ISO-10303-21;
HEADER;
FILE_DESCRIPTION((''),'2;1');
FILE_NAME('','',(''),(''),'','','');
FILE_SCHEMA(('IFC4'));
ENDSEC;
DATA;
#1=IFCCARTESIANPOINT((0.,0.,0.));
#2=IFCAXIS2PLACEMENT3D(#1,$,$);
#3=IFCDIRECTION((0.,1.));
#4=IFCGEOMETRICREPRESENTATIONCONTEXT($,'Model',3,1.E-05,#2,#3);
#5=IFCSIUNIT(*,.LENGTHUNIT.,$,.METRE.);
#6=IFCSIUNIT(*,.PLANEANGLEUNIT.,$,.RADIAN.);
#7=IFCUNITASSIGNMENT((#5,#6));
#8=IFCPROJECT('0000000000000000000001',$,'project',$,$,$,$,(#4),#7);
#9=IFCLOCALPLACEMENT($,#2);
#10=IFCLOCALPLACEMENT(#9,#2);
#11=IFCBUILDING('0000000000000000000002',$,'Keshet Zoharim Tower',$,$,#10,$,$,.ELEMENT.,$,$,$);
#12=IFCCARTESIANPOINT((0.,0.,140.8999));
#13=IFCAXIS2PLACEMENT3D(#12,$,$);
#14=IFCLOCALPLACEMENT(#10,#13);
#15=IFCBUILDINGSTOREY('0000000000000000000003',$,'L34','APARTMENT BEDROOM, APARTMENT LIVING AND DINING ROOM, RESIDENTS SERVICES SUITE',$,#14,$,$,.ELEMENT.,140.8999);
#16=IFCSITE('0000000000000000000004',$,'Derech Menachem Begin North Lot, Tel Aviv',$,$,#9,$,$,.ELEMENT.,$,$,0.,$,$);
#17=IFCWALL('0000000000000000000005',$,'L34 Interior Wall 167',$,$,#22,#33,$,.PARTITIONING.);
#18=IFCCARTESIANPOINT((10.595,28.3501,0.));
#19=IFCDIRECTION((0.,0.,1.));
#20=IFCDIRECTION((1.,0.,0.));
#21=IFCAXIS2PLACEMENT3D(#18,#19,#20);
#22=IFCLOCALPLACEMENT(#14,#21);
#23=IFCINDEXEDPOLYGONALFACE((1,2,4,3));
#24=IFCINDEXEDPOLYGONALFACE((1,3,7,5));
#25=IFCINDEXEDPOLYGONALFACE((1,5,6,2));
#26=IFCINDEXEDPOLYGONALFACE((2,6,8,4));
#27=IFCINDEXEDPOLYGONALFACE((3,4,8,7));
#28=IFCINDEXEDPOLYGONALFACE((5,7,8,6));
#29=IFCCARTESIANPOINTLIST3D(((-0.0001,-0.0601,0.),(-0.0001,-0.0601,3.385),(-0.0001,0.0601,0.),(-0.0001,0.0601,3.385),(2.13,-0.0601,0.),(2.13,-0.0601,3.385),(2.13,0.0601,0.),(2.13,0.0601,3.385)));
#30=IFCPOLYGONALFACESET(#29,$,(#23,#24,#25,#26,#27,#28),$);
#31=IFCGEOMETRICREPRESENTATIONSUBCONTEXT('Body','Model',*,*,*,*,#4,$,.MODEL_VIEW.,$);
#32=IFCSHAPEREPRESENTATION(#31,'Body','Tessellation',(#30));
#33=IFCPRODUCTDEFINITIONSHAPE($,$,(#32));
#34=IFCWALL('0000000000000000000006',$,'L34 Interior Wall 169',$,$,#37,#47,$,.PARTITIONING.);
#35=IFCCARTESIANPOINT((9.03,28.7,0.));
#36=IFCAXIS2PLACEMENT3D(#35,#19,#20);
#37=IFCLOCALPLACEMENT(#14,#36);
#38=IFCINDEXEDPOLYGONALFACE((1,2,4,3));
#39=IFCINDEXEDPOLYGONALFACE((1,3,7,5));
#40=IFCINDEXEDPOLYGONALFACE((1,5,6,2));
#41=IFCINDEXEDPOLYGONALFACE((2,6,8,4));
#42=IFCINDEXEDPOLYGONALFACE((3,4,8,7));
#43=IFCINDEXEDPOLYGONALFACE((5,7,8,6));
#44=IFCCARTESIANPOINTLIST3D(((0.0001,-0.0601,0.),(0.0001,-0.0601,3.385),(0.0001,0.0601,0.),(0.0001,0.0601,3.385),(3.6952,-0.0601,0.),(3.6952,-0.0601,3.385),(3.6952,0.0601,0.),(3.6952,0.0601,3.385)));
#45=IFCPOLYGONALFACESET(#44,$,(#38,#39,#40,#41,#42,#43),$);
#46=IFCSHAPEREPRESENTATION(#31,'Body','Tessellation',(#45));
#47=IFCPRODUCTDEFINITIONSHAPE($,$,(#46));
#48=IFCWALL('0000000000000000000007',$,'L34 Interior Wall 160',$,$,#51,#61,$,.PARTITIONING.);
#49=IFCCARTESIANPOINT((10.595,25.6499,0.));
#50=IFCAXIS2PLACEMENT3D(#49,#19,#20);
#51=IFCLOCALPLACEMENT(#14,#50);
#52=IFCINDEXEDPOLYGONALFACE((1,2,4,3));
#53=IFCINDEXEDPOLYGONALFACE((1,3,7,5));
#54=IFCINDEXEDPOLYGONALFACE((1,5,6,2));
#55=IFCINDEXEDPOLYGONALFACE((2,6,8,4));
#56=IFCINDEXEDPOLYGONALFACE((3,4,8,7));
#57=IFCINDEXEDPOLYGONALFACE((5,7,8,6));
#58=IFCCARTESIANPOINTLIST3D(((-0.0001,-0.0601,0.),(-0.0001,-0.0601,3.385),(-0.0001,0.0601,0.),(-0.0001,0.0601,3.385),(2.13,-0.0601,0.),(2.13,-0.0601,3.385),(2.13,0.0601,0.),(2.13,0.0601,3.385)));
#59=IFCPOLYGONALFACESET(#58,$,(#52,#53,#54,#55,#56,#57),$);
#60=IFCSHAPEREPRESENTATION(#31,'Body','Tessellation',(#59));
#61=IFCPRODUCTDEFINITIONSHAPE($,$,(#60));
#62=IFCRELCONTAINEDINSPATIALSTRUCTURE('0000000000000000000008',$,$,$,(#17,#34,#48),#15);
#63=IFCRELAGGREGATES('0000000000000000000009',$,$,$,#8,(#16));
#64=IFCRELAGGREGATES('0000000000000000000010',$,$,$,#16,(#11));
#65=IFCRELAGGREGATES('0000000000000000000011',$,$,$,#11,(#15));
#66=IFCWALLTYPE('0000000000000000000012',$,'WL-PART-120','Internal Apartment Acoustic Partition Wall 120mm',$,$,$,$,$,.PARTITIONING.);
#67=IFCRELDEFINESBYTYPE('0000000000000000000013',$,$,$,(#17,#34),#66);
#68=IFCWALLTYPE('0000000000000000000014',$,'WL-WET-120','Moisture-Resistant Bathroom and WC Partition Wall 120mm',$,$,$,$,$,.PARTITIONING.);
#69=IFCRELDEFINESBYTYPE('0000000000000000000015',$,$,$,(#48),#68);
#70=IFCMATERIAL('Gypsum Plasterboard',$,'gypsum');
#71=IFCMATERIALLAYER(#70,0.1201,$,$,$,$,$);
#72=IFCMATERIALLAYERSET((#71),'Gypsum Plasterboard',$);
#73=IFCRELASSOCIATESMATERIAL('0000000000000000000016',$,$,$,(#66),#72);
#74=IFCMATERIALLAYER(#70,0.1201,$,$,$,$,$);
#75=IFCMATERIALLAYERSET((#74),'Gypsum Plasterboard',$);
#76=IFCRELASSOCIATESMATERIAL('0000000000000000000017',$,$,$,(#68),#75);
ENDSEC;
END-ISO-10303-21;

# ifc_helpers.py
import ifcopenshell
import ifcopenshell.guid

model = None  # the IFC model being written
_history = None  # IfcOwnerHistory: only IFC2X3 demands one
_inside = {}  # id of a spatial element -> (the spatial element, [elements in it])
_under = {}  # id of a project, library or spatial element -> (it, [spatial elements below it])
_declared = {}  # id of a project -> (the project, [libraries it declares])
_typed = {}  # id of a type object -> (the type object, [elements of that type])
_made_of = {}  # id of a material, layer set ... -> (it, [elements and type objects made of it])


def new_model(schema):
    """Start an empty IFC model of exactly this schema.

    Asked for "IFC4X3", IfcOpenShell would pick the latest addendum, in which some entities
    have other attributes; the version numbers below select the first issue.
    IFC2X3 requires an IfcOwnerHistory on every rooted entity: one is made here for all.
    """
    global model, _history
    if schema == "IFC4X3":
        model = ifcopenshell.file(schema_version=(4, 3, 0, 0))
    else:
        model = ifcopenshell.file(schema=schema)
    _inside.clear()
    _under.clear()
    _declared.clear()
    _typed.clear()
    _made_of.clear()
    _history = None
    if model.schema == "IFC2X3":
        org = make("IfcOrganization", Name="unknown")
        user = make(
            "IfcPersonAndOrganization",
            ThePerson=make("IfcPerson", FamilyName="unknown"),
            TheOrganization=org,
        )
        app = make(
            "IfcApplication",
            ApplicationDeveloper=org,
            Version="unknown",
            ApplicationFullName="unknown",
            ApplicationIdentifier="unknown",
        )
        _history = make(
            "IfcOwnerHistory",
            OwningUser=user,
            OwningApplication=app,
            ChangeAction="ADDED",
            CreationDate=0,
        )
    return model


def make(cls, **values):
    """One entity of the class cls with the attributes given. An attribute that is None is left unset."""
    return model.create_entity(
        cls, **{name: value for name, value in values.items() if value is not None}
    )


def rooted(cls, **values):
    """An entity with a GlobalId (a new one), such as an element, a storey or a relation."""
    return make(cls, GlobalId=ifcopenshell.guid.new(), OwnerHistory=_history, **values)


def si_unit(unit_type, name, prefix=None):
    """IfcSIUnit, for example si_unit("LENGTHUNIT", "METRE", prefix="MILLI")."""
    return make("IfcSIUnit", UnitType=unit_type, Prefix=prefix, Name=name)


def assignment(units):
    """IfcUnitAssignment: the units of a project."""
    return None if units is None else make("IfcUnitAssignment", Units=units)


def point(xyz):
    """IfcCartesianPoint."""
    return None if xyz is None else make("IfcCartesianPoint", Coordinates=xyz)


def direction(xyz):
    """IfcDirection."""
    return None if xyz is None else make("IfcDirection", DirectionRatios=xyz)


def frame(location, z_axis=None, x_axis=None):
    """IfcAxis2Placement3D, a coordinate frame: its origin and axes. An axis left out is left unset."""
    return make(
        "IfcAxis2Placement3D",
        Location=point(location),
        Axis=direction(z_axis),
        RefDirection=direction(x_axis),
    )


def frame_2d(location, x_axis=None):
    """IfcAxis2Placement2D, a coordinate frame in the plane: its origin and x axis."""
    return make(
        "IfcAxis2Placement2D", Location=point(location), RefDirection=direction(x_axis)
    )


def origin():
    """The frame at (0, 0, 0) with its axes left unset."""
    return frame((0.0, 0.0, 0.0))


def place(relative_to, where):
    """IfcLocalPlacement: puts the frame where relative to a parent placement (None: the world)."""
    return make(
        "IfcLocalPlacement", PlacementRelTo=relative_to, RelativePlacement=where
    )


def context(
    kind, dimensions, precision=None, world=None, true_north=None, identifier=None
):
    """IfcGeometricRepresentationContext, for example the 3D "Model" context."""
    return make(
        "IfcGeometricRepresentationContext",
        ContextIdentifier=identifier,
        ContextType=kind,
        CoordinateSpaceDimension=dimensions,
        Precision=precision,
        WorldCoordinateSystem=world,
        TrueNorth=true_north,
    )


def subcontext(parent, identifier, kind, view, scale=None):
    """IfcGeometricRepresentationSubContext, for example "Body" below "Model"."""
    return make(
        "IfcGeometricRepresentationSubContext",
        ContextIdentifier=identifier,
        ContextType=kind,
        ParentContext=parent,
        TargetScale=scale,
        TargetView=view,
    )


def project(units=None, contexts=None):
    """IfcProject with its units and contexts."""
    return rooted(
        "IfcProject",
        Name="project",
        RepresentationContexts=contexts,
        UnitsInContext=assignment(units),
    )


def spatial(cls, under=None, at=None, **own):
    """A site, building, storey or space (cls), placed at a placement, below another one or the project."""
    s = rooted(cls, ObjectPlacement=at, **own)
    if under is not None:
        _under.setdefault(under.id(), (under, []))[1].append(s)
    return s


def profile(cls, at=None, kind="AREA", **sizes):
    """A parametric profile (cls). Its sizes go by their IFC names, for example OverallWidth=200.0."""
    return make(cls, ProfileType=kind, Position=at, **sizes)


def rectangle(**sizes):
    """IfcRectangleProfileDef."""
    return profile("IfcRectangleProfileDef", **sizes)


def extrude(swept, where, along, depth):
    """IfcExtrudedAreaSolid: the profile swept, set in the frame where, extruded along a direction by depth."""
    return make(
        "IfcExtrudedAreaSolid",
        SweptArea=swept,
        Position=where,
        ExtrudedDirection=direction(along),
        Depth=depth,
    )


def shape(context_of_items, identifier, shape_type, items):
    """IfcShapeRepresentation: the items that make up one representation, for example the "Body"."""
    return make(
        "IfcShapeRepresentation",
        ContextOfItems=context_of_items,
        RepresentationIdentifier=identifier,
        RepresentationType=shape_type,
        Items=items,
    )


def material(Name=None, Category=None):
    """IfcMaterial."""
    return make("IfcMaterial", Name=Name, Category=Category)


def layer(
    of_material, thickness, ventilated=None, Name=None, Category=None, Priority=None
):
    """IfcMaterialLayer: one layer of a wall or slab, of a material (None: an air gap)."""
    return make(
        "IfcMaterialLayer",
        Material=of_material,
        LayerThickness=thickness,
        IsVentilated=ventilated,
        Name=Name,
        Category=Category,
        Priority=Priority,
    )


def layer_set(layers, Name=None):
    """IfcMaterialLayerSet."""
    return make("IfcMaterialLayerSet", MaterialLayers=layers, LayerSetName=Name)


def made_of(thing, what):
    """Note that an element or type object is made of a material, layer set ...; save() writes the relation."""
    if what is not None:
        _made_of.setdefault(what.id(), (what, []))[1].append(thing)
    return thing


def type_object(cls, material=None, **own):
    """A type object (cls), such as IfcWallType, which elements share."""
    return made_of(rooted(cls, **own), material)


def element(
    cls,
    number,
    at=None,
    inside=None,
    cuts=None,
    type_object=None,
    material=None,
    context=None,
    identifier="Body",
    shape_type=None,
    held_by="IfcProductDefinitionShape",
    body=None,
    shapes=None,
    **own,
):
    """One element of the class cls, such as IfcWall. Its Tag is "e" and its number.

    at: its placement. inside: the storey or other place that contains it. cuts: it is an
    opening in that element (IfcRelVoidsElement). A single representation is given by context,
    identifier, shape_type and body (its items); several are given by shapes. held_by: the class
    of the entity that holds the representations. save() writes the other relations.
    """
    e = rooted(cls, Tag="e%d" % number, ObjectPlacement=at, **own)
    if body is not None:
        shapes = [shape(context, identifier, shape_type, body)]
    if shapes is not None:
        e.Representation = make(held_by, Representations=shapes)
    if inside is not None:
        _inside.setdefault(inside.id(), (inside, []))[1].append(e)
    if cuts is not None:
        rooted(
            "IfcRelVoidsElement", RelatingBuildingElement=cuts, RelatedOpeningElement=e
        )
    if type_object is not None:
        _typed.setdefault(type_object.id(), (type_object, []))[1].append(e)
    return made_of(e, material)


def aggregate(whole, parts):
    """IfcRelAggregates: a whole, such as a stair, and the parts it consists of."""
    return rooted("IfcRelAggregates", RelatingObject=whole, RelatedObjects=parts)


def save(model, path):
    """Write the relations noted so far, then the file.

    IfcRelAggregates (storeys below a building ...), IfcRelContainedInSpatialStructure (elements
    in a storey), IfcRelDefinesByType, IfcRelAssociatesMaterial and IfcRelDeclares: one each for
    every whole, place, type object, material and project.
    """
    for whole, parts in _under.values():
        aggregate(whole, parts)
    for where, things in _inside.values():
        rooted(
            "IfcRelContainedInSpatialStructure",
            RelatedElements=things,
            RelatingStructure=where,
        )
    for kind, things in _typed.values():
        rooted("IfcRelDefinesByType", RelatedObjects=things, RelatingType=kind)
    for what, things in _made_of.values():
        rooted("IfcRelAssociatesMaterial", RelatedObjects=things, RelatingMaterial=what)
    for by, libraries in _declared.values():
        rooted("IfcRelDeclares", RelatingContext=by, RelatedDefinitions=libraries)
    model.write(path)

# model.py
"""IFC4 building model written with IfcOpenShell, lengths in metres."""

from ifc_helpers import new_model, si_unit, direction, frame, frame_2d, origin, place, context, subcontext, project, spatial, rectangle, extrude, material, layer, layer_set, type_object, element, save


model = new_model("IFC4")

# Units and contexts
model_context = context("Model", 3, precision=1e-05, world=origin(), true_north=direction((0.0, 1.0)))
body_context = subcontext(model_context, "Body", "Model", "MODEL_VIEW")
ifc_project = project(units=[si_unit("LENGTHUNIT", "METRE"), si_unit("PLANEANGLEUNIT", "RADIAN")], contexts=[model_context])

# Site, building, storey
site_placement = place(None, origin())
site = spatial("IfcSite", under=ifc_project, at=site_placement, Name="Derech Menachem Begin North Lot, Tel Aviv", CompositionType="ELEMENT", RefElevation=0.0)
building_placement = place(site_placement, origin())
building = spatial("IfcBuilding", under=site, at=building_placement, Name="Keshet Zoharim Tower", CompositionType="ELEMENT")
storey_placement = place(building_placement, frame((0.0, 0.0, 140.8999)))
storey = spatial("IfcBuildingStorey", under=building, at=storey_placement, Name="L34", Description="APARTMENT BEDROOM, APARTMENT LIVING AND DINING ROOM, RESIDENTS SERVICES SUITE", CompositionType="ELEMENT", Elevation=140.8999)

# Shared definitions
ifc_material_1 = material(Name="Gypsum Plasterboard", Category="gypsum")

# Walls
ifc_layer_1 = layer(ifc_material_1, 0.1201)
ifc_layer_set_1 = layer_set([ifc_layer_1], Name="Gypsum Plasterboard")
wall_type_1 = type_object("IfcWallType", Name="WL-PART-120", Description="Internal Apartment Acoustic Partition Wall 120mm", PredefinedType="PARTITIONING", material=ifc_layer_set_1)
wall_1_placement = place(storey_placement, frame((10.595, 28.3501, 0.0), z_axis=(0.0, 0.0, 1.0), x_axis=(1.0, 0.0, 0.0)))
element("IfcWall", 1, at=wall_1_placement, inside=storey, type_object=wall_type_1, Name="L34 Interior Wall 167", PredefinedType="PARTITIONING", context=body_context, shape_type="SweptSolid", body=[
    extrude(rectangle(XDim=2.1301, YDim=0.1201, at=frame_2d((1.0649, 0.0))), origin(), (0.0, 0.0, 1.0), 3.385),
])
wall_2_placement = place(storey_placement, frame((9.03, 28.7, 0.0), z_axis=(0.0, 0.0, 1.0), x_axis=(1.0, 0.0, 0.0)))
element("IfcWall", 2, at=wall_2_placement, inside=storey, type_object=wall_type_1, Name="L34 Interior Wall 169", PredefinedType="PARTITIONING", context=body_context, shape_type="SweptSolid", body=[
    extrude(rectangle(XDim=3.6951, YDim=0.1201, at=frame_2d((1.8477, 0.0))), origin(), (0.0, 0.0, 1.0), 3.385),
])

# Wall
ifc_layer_2 = layer(ifc_material_1, 0.1201)
ifc_layer_set_2 = layer_set([ifc_layer_2], Name="Gypsum Plasterboard")
wall_type_2 = type_object("IfcWallType", Name="WL-WET-120", Description="Moisture-Resistant Bathroom and WC Partition Wall 120mm", PredefinedType="PARTITIONING", material=ifc_layer_set_2)
wall_3_placement = place(storey_placement, frame((10.595, 25.6499, 0.0), z_axis=(0.0, 0.0, 1.0), x_axis=(1.0, 0.0, 0.0)))
element("IfcWall", 3, at=wall_3_placement, inside=storey, type_object=wall_type_2, Name="L34 Interior Wall 160", PredefinedType="PARTITIONING", context=body_context, shape_type="SweptSolid", body=[
    extrude(rectangle(XDim=2.1301, YDim=0.1201, at=frame_2d((1.0649, 0.0))), origin(), (0.0, 0.0, 1.0), 3.385),
])

save(model, "model.ifc")
